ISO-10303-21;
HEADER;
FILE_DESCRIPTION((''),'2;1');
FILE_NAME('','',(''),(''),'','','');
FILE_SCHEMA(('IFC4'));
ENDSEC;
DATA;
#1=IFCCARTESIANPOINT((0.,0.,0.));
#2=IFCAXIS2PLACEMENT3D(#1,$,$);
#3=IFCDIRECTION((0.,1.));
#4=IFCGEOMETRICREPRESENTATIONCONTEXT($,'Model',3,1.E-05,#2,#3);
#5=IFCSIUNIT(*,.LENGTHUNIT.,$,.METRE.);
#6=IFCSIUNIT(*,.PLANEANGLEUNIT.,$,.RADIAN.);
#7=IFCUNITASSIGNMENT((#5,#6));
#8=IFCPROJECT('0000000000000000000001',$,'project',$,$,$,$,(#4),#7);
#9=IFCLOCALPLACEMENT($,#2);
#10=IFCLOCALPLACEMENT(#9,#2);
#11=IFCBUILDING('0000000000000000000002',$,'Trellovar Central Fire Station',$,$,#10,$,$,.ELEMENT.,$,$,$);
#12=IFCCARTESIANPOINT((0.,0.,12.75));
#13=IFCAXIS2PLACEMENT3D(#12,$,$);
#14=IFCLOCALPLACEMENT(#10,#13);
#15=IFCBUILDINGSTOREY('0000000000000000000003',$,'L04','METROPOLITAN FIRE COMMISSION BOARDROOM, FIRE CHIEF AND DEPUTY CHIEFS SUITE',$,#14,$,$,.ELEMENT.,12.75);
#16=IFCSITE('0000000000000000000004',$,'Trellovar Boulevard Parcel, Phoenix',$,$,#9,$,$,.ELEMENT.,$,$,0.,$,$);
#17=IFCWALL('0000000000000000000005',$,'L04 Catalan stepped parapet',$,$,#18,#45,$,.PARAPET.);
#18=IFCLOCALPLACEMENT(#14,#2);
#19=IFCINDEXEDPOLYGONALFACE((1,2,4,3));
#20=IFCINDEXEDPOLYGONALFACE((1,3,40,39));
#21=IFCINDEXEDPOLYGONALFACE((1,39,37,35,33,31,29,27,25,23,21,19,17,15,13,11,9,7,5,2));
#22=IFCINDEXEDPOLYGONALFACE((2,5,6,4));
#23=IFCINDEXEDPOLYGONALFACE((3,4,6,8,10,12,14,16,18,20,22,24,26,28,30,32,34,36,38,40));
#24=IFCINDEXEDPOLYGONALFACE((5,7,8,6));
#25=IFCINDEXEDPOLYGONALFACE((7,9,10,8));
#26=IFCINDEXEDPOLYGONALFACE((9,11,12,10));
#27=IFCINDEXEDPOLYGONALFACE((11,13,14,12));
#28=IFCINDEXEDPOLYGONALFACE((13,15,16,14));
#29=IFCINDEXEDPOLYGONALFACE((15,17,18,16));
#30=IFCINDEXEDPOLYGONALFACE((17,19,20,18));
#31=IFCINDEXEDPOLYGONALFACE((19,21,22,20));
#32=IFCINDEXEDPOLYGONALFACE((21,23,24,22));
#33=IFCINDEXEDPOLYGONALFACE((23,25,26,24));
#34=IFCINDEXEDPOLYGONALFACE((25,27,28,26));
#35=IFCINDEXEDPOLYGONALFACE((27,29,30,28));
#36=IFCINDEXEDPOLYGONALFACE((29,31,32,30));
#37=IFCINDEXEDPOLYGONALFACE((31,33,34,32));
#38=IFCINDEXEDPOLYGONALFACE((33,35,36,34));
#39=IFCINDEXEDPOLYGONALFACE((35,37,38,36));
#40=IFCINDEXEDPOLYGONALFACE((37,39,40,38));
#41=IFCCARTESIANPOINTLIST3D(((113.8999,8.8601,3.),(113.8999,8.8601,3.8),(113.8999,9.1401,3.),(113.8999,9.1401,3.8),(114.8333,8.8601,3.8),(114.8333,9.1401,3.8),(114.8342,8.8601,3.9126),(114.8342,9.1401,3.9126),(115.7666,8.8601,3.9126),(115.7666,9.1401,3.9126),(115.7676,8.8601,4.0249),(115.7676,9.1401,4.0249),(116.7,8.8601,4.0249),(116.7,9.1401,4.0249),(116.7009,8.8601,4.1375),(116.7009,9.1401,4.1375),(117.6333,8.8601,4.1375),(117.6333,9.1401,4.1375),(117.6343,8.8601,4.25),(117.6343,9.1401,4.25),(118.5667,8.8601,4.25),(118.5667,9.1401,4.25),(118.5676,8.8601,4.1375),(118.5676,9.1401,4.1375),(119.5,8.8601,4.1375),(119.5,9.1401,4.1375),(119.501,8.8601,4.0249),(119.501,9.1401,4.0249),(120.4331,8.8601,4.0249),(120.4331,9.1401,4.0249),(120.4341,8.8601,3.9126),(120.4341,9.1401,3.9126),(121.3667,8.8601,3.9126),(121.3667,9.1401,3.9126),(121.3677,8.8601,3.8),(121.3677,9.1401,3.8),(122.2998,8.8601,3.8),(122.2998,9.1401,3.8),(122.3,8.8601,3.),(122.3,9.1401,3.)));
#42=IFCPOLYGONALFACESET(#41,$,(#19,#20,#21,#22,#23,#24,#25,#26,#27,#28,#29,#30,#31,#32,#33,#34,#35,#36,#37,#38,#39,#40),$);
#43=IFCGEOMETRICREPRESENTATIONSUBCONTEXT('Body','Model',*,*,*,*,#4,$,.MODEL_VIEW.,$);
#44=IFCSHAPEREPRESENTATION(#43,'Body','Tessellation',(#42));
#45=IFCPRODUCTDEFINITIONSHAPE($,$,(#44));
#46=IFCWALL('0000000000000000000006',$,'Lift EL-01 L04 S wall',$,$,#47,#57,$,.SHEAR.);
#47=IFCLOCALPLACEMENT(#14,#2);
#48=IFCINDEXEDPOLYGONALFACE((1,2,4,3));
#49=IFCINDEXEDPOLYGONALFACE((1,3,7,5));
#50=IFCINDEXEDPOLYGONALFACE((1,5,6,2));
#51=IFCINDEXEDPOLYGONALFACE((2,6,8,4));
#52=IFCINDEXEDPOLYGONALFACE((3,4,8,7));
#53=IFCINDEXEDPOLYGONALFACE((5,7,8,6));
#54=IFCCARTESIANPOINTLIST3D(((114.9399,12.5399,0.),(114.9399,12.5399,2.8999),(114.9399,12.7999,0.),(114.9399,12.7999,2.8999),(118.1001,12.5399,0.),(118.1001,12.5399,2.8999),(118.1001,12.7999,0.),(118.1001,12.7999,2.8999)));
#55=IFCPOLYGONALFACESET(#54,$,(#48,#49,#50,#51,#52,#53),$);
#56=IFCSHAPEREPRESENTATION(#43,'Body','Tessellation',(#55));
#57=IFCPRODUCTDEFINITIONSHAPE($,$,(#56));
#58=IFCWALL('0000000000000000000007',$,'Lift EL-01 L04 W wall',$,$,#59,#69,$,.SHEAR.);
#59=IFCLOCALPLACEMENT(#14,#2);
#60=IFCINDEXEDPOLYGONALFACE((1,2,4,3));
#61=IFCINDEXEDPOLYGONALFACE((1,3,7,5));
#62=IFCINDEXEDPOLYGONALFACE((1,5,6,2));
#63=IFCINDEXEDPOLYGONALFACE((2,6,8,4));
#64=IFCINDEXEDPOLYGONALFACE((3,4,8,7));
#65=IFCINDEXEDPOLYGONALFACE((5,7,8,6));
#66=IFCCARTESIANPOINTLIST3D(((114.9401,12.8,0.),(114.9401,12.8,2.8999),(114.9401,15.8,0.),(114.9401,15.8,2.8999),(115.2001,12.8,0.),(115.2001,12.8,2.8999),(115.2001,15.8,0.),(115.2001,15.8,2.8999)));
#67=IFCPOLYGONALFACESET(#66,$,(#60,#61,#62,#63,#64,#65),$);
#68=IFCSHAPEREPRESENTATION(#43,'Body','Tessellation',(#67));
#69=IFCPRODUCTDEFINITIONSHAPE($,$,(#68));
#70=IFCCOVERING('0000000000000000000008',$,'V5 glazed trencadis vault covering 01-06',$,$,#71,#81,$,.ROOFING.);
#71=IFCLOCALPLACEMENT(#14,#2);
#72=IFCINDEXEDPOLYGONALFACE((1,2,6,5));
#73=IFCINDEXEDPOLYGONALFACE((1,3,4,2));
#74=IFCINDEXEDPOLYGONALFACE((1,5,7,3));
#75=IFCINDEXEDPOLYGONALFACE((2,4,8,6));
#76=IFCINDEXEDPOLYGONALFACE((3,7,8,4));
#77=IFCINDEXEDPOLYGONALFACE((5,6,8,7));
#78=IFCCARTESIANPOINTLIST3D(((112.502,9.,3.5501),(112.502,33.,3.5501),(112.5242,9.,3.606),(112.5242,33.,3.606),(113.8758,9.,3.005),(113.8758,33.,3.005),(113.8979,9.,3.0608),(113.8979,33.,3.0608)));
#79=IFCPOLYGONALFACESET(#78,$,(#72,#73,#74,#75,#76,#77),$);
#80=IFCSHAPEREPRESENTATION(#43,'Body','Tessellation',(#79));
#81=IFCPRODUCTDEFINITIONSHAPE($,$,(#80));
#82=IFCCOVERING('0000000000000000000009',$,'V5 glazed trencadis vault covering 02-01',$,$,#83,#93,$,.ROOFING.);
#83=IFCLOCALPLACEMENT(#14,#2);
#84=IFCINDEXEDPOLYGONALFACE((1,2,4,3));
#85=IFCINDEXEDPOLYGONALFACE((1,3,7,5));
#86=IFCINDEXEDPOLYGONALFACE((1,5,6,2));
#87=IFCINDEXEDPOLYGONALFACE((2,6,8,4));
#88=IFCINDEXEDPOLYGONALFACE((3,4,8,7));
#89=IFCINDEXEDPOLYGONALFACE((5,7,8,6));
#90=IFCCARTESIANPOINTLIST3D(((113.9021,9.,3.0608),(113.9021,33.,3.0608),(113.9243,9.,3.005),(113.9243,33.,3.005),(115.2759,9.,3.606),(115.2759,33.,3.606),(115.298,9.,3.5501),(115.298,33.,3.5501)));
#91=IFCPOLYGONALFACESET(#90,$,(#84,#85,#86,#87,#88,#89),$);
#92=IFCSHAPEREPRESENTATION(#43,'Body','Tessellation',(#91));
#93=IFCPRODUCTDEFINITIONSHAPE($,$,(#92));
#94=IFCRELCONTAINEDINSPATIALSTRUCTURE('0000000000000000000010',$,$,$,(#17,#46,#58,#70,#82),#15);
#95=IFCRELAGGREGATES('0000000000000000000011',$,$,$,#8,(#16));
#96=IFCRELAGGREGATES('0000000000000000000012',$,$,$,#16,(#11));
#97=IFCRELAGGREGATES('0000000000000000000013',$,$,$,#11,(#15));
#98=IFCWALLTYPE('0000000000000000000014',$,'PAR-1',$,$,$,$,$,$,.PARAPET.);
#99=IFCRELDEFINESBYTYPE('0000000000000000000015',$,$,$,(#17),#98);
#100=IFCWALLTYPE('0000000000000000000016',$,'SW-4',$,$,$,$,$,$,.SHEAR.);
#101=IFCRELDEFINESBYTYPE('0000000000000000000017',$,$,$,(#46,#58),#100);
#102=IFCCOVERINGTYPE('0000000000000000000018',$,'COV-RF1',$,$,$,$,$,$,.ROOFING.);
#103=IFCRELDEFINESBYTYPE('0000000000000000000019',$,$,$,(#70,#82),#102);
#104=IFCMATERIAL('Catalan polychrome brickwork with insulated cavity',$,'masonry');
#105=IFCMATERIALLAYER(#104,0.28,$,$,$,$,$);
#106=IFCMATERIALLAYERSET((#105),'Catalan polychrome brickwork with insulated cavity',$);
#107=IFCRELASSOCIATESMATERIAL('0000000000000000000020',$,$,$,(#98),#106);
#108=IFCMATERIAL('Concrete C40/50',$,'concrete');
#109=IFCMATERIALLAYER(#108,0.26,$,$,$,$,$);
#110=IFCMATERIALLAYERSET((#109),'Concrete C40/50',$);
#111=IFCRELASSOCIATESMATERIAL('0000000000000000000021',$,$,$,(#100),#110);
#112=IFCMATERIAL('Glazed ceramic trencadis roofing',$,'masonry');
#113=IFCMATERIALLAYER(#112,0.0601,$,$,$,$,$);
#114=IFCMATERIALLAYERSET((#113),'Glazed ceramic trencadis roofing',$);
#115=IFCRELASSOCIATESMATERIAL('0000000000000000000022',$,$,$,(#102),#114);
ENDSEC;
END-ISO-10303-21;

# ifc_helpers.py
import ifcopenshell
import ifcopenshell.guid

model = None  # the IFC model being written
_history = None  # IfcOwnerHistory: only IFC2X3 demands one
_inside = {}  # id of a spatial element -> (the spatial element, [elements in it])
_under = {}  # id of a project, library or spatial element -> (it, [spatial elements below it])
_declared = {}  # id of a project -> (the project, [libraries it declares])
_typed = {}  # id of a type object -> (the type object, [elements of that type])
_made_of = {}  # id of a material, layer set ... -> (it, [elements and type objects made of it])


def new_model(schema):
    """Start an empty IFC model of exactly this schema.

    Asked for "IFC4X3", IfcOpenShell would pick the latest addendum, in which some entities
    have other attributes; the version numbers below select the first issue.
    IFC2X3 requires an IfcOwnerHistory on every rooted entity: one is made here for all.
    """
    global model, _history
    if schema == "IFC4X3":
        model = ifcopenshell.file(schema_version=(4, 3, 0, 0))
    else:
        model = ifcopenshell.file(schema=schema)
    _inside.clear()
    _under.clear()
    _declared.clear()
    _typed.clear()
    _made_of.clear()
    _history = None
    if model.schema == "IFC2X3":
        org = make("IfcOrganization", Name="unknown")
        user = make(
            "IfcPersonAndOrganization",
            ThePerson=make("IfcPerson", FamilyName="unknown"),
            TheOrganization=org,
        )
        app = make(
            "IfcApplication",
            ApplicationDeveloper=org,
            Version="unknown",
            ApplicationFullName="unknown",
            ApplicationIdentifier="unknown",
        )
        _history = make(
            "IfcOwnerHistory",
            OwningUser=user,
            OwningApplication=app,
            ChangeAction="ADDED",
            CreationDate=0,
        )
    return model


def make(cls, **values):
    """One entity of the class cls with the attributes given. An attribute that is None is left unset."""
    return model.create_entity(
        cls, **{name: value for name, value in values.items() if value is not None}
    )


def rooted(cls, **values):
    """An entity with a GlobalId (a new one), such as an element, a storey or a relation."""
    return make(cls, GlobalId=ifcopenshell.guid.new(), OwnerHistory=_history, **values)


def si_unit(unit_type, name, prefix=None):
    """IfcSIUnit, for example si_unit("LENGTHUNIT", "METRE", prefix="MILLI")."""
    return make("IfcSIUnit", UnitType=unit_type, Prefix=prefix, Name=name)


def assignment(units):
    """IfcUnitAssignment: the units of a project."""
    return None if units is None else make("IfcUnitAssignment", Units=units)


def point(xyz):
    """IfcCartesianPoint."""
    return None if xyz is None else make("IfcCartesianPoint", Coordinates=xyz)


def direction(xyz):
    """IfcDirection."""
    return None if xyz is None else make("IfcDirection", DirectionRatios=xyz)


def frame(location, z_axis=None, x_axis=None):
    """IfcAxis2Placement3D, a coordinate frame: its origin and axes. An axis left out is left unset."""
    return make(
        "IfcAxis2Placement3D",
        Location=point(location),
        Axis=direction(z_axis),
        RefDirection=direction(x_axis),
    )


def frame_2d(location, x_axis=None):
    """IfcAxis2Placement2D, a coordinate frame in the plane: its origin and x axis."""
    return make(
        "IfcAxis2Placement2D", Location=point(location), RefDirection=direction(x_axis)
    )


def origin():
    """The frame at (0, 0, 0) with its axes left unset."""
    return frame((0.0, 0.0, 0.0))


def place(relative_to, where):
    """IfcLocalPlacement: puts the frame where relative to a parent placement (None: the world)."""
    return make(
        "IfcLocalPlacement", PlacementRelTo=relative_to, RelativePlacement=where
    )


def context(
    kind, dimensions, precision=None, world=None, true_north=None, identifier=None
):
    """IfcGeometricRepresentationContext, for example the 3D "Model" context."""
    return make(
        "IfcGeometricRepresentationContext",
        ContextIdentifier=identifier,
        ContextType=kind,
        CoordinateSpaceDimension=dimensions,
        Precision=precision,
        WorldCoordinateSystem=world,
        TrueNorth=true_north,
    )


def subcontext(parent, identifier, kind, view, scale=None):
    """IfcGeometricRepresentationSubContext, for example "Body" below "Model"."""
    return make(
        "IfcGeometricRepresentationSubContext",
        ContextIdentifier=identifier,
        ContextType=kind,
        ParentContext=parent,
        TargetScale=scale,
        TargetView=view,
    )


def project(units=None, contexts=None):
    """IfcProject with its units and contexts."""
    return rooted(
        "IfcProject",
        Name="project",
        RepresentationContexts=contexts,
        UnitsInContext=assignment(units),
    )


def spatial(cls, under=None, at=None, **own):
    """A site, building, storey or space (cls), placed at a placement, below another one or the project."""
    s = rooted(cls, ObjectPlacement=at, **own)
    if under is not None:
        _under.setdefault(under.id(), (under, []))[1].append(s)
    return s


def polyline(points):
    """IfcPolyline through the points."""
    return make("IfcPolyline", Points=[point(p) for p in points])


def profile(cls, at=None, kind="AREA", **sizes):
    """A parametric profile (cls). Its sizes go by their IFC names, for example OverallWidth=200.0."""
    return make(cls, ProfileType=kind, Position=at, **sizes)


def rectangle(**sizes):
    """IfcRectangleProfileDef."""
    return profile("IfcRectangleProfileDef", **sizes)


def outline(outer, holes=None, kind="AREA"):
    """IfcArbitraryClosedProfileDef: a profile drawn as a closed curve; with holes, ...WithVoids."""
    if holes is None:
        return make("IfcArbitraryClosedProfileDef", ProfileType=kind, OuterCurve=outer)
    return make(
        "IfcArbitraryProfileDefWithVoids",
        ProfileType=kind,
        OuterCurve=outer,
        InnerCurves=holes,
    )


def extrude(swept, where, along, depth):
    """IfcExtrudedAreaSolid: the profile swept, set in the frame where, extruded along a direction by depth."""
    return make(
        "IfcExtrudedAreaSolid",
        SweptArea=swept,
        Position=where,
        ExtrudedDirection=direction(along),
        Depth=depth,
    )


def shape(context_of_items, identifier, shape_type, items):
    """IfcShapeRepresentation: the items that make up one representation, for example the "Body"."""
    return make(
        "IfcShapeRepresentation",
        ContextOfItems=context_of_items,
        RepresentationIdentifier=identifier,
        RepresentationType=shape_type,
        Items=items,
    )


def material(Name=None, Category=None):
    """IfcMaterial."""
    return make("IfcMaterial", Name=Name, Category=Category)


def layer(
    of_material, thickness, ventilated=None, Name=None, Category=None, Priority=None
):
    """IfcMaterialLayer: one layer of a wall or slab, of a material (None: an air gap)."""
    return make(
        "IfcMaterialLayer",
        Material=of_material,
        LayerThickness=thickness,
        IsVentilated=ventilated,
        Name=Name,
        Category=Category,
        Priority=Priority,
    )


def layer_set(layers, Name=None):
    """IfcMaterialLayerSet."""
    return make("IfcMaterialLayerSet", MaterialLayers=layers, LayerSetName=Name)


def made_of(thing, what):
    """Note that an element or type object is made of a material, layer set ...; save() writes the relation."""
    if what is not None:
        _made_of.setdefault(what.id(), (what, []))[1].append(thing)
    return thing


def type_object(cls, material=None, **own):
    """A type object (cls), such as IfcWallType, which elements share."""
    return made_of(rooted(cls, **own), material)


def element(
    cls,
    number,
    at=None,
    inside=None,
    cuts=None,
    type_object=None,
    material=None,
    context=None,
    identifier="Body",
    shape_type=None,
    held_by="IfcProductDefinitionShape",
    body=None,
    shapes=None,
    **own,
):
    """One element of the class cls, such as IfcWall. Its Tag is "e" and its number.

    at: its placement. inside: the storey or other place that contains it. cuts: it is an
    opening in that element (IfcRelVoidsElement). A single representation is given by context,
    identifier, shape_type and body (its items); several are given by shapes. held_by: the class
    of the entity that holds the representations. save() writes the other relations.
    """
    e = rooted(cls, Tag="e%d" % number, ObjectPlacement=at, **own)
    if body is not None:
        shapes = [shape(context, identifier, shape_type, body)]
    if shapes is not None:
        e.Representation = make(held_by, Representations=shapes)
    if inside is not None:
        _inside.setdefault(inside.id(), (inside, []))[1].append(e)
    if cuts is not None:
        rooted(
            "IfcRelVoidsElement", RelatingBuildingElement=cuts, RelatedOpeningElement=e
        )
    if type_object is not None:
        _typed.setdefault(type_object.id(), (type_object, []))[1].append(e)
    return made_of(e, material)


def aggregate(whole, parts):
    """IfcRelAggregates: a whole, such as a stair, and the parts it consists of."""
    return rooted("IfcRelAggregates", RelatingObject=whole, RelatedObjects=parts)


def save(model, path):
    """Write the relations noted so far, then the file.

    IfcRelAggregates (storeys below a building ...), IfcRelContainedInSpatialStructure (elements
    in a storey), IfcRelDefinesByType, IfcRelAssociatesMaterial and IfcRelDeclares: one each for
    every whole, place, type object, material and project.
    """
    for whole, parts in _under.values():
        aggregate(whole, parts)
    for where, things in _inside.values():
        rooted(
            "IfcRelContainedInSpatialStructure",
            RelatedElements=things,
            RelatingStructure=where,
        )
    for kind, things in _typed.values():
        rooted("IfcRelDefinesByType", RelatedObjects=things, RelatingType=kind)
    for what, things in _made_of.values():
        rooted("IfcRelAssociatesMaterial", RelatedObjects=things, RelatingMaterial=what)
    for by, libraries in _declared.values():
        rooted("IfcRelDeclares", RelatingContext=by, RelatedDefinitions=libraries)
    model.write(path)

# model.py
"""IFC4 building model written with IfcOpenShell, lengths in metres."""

from ifc_helpers import new_model, si_unit, direction, frame, frame_2d, origin, place, context, subcontext, project, spatial, polyline, rectangle, outline, extrude, material, layer, layer_set, type_object, element, save


model = new_model("IFC4")

# Units and contexts
model_context = context("Model", 3, precision=1e-05, world=origin(), true_north=direction((0.0, 1.0)))
body_context = subcontext(model_context, "Body", "Model", "MODEL_VIEW")
ifc_project = project(units=[si_unit("LENGTHUNIT", "METRE"), si_unit("PLANEANGLEUNIT", "RADIAN")], contexts=[model_context])

# Site, building, storey
site_placement = place(None, origin())
site = spatial("IfcSite", under=ifc_project, at=site_placement, Name="Trellovar Boulevard Parcel, Phoenix", CompositionType="ELEMENT", RefElevation=0.0)
building_placement = place(site_placement, origin())
building = spatial("IfcBuilding", under=site, at=building_placement, Name="Trellovar Central Fire Station", CompositionType="ELEMENT")
storey_placement = place(building_placement, frame((0.0, 0.0, 12.75)))
storey = spatial("IfcBuildingStorey", under=building, at=storey_placement, Name="L04", Description="METROPOLITAN FIRE COMMISSION BOARDROOM, FIRE CHIEF AND DEPUTY CHIEFS SUITE", CompositionType="ELEMENT", Elevation=12.75)

# Walls
ifc_material_1 = material(Name="Catalan polychrome brickwork with insulated cavity", Category="masonry")
ifc_layer_1 = layer(ifc_material_1, 0.28)
ifc_layer_set_1 = layer_set([ifc_layer_1], Name="Catalan polychrome brickwork with insulated cavity")
wall_type_1 = type_object("IfcWallType", Name="PAR-1", PredefinedType="PARAPET", material=ifc_layer_set_1)
wall_1_placement = place(storey_placement, frame((113.8999, 9.0, 3.0), z_axis=(0.0, 0.0, 1.0), x_axis=(1.0, 0.0, 0.0)))
element("IfcWall", 1, at=wall_1_placement, inside=storey, type_object=wall_type_1, Name="L04 Catalan stepped parapet", PredefinedType="PARAPET", context=body_context, shape_type="SweptSolid", body=[
    extrude(outline(polyline([(0.0, 0.0), (8.4001, 0.0), (8.3999, 0.8), (7.4678, 0.8), (7.4668, 0.9126), (6.5342, 0.9126), (6.5332, 1.0249), (5.6011, 1.0249), (5.6001, 1.1375), (4.6677, 1.1375), (4.6667, 1.25), (3.7344, 1.25), (3.7334, 1.1375), (2.801, 1.1375), (2.8, 1.0249), (1.8677, 1.0249), (1.8667, 0.9126), (0.9343, 0.9126), (0.9333, 0.8), (0.0, 0.8), (0.0, 0.0)])), frame((0.0, 0.1401, 0.0), z_axis=(0.0, -1.0, 0.0), x_axis=(1.0, 0.0, 0.0)), (0.0, 0.0, 1.0), 0.28),
])
ifc_material_2 = material(Name="Concrete C40/50", Category="concrete")
ifc_layer_2 = layer(ifc_material_2, 0.26)
ifc_layer_set_2 = layer_set([ifc_layer_2], Name="Concrete C40/50")
wall_type_2 = type_object("IfcWallType", Name="SW-4", PredefinedType="SHEAR", material=ifc_layer_set_2)
wall_2_placement = place(storey_placement, frame((114.9399, 12.6699, 0.0), z_axis=(0.0, 0.0, 1.0), x_axis=(1.0, 0.0, 0.0)))
element("IfcWall", 2, at=wall_2_placement, inside=storey, type_object=wall_type_2, Name="Lift EL-01 L04 S wall", PredefinedType="SHEAR", context=body_context, shape_type="SweptSolid", body=[
    extrude(rectangle(XDim=3.1602, YDim=0.26, at=frame_2d((1.5801, 0.0))), origin(), (0.0, 0.0, 1.0), 2.8999),
])
wall_3_placement = place(storey_placement, frame((115.0701, 15.8, 0.0), z_axis=(0.0, 0.0, 1.0), x_axis=(0.0, -1.0, 0.0)))
element("IfcWall", 3, at=wall_3_placement, inside=storey, type_object=wall_type_2, Name="Lift EL-01 L04 W wall", PredefinedType="SHEAR", context=body_context, shape_type="SweptSolid", body=[
    extrude(rectangle(XDim=3.0, YDim=0.26, at=frame_2d((1.5, 0.0))), origin(), (0.0, 0.0, 1.0), 2.8999),
])

# Coverings
ifc_material_3 = material(Name="Glazed ceramic trencadis roofing", Category="masonry")
ifc_layer_3 = layer(ifc_material_3, 0.0601)
ifc_layer_set_3 = layer_set([ifc_layer_3], Name="Glazed ceramic trencadis roofing")
covering_type = type_object("IfcCoveringType", Name="COV-RF1", PredefinedType="ROOFING", material=ifc_layer_set_3)
for number, where, z_axis, x_axis, name in (
    (4, (112.5242, 9.0, 3.606), (0.368855, 0.0, 0.929487), (0.929487, 0.0, -0.368855), "V5 glazed trencadis vault covering 01-06"),
    (5, (113.9021, 9.0, 3.0608), (-0.368855, 0.0, 0.929487), (0.929487, 0.0, 0.368855), "V5 glazed trencadis vault covering 02-01"),
):
    element("IfcCovering", number, at=place(storey_placement, frame(where, z_axis=z_axis, x_axis=x_axis)), inside=storey, type_object=covering_type, Name=name, PredefinedType="ROOFING", context=body_context, shape_type="SweptSolid", body=[
        extrude(outline(polyline([(0.0, 0.0), (1.478, 0.0), (1.478, 24.0), (0.0, 24.0), (0.0, 0.0)])), origin(), (0.0, 0.0, -1.0), 0.0601),
    ])

save(model, "model.ifc")
